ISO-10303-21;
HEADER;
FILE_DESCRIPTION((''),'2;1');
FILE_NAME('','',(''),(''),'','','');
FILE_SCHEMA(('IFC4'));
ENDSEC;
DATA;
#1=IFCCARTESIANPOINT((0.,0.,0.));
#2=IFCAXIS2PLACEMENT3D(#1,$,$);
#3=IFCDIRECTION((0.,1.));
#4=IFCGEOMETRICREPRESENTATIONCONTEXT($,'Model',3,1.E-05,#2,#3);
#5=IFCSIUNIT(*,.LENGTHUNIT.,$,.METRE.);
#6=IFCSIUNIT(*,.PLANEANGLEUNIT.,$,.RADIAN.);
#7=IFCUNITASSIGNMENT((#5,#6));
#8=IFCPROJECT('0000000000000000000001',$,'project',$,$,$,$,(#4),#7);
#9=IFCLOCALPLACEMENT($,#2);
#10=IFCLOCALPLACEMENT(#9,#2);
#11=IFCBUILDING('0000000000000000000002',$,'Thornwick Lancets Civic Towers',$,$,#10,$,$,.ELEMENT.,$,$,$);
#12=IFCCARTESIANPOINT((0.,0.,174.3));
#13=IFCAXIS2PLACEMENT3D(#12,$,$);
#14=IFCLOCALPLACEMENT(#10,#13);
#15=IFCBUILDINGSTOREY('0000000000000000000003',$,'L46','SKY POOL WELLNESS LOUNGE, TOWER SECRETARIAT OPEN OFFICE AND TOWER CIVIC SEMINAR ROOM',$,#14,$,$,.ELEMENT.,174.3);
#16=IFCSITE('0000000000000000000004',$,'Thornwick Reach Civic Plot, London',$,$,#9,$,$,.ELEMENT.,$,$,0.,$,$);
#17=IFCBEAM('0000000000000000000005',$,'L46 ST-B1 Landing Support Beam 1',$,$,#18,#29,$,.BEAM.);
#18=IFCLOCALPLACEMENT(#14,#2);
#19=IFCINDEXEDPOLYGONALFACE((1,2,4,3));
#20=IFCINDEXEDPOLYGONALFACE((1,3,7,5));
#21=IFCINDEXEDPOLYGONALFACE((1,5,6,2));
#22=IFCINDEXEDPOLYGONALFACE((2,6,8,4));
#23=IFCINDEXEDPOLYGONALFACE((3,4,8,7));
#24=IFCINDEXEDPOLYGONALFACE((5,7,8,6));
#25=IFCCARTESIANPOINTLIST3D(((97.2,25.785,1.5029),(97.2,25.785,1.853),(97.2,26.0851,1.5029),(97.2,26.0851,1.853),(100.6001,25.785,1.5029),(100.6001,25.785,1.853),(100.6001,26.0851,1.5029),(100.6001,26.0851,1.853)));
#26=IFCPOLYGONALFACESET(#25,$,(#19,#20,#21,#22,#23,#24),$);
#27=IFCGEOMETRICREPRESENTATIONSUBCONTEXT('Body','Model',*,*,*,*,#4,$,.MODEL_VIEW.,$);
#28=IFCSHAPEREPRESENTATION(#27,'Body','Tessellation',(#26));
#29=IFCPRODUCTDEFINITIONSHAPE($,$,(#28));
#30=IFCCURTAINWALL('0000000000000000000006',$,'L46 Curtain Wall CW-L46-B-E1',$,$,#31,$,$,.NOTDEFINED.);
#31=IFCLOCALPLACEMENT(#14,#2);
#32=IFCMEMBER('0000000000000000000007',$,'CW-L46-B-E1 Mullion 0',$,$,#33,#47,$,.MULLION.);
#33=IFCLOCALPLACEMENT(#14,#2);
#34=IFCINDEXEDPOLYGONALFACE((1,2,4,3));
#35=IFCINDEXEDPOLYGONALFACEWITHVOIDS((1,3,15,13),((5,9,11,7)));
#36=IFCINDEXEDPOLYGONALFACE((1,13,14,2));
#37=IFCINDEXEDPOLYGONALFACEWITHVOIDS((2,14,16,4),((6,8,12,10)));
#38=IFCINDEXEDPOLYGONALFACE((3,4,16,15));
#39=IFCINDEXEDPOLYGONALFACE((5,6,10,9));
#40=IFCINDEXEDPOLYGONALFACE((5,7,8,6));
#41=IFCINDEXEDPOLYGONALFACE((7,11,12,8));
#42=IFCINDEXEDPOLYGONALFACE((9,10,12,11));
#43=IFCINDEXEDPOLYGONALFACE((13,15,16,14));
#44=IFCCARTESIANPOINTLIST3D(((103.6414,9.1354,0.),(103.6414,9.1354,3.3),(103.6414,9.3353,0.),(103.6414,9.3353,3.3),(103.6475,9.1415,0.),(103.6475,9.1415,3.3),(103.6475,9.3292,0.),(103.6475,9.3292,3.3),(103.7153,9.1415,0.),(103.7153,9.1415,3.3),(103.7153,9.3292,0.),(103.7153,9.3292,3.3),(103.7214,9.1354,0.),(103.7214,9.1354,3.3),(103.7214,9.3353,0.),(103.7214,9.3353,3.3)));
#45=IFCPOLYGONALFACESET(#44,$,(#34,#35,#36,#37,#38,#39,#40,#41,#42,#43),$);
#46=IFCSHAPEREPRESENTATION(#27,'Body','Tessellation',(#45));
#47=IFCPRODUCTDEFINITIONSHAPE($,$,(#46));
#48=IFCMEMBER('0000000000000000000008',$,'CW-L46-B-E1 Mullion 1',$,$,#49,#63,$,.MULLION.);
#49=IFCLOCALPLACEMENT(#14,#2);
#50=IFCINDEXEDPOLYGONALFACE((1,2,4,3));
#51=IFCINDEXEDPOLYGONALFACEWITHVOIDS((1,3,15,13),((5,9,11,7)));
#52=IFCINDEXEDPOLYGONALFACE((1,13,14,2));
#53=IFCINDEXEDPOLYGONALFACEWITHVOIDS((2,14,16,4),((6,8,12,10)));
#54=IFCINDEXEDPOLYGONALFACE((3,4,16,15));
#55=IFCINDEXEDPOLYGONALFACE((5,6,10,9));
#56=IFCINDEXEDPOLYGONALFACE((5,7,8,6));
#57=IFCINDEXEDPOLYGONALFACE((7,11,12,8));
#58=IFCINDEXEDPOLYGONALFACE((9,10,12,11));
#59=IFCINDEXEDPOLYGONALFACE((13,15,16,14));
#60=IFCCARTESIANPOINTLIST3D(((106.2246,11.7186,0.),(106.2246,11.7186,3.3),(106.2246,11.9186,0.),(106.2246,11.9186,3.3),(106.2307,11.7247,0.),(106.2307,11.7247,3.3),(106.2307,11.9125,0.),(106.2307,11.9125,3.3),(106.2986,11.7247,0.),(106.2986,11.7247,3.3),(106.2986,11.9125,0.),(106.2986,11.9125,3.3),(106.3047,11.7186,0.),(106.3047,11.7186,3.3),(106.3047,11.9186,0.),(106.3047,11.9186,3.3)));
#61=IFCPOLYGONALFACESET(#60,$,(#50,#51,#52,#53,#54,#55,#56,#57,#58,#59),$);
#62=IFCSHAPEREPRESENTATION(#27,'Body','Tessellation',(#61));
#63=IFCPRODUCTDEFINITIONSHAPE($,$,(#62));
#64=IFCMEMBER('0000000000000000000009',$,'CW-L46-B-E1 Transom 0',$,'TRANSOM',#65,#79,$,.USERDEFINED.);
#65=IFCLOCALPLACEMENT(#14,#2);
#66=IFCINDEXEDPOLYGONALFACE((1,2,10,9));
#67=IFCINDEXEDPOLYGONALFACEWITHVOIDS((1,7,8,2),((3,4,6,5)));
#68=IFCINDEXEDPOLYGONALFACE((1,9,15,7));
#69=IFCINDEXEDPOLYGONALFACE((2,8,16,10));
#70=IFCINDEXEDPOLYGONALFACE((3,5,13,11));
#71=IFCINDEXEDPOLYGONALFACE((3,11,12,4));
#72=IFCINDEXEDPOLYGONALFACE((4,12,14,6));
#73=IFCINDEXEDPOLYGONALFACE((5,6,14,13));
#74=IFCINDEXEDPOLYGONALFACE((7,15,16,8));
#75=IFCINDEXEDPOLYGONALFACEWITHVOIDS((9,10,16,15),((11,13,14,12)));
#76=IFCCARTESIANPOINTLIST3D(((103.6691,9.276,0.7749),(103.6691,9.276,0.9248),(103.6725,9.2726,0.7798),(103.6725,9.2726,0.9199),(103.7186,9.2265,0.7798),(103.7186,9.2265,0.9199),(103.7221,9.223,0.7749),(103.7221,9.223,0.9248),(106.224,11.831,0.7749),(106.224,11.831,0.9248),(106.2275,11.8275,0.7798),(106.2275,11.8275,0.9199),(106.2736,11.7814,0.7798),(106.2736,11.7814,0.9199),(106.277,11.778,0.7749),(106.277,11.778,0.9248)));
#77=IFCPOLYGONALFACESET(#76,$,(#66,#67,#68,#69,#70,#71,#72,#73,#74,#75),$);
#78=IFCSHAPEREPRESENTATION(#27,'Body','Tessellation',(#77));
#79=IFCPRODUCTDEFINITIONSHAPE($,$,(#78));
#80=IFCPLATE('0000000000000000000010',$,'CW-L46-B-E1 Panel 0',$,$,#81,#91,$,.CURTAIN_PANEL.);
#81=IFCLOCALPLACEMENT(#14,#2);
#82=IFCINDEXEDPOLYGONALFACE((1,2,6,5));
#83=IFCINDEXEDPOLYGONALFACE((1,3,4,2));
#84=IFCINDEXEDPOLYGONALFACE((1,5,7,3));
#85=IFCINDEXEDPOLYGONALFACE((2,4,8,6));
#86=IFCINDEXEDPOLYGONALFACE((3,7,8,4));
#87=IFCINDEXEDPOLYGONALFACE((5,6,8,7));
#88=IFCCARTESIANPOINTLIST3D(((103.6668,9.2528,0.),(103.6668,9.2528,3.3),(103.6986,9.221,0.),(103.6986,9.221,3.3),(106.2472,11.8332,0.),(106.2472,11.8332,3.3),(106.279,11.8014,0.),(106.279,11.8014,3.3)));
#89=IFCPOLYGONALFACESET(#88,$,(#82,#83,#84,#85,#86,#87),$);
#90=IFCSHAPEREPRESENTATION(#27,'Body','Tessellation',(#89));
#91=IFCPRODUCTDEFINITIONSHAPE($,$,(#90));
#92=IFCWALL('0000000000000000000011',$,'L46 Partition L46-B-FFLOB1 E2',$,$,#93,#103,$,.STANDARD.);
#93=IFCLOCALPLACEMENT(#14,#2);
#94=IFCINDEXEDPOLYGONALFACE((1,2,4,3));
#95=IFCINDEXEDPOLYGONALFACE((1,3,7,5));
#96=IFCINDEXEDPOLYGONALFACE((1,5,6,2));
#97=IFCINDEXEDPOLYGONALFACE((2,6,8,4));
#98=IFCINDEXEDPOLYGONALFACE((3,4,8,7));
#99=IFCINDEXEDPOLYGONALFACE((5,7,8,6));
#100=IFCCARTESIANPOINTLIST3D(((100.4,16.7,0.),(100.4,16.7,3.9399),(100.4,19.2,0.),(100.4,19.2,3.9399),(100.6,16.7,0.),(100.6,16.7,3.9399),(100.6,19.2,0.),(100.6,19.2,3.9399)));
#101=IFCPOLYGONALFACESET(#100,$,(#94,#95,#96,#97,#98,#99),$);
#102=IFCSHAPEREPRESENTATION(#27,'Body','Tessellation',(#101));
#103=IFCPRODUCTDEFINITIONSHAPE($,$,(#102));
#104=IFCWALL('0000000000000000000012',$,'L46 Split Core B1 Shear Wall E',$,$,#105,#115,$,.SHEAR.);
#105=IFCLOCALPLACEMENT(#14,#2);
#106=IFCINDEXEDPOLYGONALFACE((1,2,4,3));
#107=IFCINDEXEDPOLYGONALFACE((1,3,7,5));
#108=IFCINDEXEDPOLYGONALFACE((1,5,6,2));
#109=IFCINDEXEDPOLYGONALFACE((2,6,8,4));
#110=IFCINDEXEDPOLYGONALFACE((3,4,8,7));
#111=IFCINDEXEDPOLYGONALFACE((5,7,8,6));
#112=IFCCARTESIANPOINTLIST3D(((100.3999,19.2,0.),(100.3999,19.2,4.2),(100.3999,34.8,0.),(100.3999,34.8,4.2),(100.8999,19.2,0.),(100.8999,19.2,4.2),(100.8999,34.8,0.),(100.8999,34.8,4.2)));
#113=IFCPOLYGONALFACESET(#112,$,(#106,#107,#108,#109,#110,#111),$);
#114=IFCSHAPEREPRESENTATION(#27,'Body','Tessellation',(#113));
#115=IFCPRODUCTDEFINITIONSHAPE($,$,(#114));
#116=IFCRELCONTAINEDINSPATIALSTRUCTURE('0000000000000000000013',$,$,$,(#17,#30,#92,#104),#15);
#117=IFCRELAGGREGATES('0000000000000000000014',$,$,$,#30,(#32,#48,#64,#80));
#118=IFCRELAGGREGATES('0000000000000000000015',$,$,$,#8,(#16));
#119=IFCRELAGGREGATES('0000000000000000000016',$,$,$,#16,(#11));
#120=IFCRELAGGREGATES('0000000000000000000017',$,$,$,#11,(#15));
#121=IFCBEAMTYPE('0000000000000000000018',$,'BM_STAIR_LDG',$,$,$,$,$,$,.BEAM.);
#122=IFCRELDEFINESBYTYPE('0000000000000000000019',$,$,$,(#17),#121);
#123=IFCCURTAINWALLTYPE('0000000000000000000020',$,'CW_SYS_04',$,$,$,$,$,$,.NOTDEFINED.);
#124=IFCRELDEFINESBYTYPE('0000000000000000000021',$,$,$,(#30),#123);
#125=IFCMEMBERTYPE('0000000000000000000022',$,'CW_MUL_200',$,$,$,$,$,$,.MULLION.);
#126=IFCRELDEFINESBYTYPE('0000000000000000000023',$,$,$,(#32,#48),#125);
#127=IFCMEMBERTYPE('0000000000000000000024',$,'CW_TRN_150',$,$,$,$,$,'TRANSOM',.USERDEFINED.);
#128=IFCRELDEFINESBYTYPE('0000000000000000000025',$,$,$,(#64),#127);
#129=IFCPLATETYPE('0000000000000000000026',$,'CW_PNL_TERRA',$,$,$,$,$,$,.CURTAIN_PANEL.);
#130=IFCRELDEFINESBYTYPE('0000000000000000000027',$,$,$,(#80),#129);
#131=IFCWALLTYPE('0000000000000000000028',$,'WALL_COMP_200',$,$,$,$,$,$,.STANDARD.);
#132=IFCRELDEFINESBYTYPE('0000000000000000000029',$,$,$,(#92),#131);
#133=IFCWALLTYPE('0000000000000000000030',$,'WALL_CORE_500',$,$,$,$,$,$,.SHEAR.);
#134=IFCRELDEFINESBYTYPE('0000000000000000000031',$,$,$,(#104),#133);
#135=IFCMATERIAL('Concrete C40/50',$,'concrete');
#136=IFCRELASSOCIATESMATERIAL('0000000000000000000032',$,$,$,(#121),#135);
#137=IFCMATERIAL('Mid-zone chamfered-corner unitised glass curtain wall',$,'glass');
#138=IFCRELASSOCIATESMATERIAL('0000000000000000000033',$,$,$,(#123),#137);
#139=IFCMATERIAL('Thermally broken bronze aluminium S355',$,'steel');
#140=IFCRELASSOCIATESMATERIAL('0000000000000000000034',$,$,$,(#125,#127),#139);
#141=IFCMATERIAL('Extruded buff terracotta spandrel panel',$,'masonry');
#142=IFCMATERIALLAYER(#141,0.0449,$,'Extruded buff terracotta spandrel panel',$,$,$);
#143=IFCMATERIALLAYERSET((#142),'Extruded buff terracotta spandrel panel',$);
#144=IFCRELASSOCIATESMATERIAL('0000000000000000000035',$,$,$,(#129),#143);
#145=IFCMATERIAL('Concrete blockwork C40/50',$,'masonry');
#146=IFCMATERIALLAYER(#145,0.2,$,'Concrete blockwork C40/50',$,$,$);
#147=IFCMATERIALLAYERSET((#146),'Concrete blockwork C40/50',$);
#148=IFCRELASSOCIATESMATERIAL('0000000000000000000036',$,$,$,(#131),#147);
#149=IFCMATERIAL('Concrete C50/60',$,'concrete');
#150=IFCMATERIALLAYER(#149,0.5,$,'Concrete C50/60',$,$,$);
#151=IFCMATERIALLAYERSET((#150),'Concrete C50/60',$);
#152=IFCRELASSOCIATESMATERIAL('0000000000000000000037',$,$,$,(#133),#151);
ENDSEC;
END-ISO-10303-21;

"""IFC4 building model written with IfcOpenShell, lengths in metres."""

from ifc_helpers import new_model, si_unit, direction, frame, frame_2d, origin, origin_2d, place, context, subcontext, project, spatial, rectangle, hollow_rectangle, extrude, material, layer, layer_set, material_profile, profile_set, type_object, element, aggregate, save


model = new_model("IFC4")

# Units and contexts
model_context = context("Model", 3, precision=1e-05, world=origin(), true_north=direction((0.0, 1.0)))
body_context = subcontext(model_context, "Body", "Model", "MODEL_VIEW")
ifc_project = project(units=[si_unit("LENGTHUNIT", "METRE"), si_unit("PLANEANGLEUNIT", "RADIAN")], contexts=[model_context])

# Site, building, storey
site_placement = place(None, origin())
site = spatial("IfcSite", under=ifc_project, at=site_placement, Name="Thornwick Reach Civic Plot, London", CompositionType="ELEMENT", RefElevation=0.0)
building_placement = place(site_placement, origin())
building = spatial("IfcBuilding", under=site, at=building_placement, Name="Thornwick Lancets Civic Towers", CompositionType="ELEMENT")
storey_placement = place(building_placement, frame((0.0, 0.0, 174.3)))
storey = spatial("IfcBuildingStorey", under=building, at=storey_placement, Name="L46", Description="SKY POOL WELLNESS LOUNGE, TOWER SECRETARIAT OPEN OFFICE AND TOWER CIVIC SEMINAR ROOM", CompositionType="ELEMENT", Elevation=174.3)

# Shared definitions
ifc_material_1 = material(Name="Concrete C50/60", Category="concrete")

# Beam
ifc_material_2 = material(Name="Concrete C40/50", Category="concrete")
ifc_material_profile_1 = material_profile(ifc_material_2, rectangle(XDim=0.3, YDim=0.3501, at=origin_2d()), Name="RC 300x350")
ifc_profile_set_1 = profile_set([ifc_material_profile_1], Name="Concrete C40/50")
beam_type_1 = type_object("IfcBeamType", Name="BM_STAIR_LDG", PredefinedType="BEAM", material=ifc_profile_set_1)
beam_1_placement = place(storey_placement, frame((100.6001, 25.9351, 1.678), z_axis=(-1.0, 0.0, 0.0), x_axis=(0.0, -1.0, 0.0)))
element("IfcBeam", 1, at=beam_1_placement, inside=storey, type_object=beam_type_1, Name="L46 ST-B1 Landing Support Beam 1", PredefinedType="BEAM", context=body_context, shape_type="SweptSolid", body=[
    extrude(rectangle(XDim=0.3, YDim=0.3501, at=origin_2d()), origin(), (0.0, 0.0, 1.0), 3.4001),
])

# Curtain wall, members, plate
ifc_material_3 = material(Name="Mid-zone chamfered-corner unitised glass curtain wall", Category="glass")
curtain_wall_type = type_object("IfcCurtainWallType", Name="CW_SYS_04", PredefinedType="NOTDEFINED", material=ifc_material_3)
curtain_wall_placement = place(storey_placement, origin())
curtain_wall = element("IfcCurtainWall", 2, at=curtain_wall_placement, inside=storey, type_object=curtain_wall_type, Name="L46 Curtain Wall CW-L46-B-E1", PredefinedType="NOTDEFINED")
ifc_material_4 = material(Name="Thermally broken bronze aluminium S355", Category="steel")
ifc_material_profile_2 = material_profile(ifc_material_4, hollow_rectangle(XDim=0.0801, YDim=0.2, WallThickness=0.0061, at=origin_2d()), Name="RHS 200x80x6")
ifc_profile_set_2 = profile_set([ifc_material_profile_2], Name="Thermally broken bronze aluminium S355")
member_type_1 = type_object("IfcMemberType", Name="CW_MUL_200", PredefinedType="MULLION", material=ifc_profile_set_2)
member_1_placement = place(storey_placement, frame((103.6814, 9.2354, 0.0), z_axis=(0.0, 0.0, 1.0), x_axis=(1.0, 0.0, 0.0)))
member_1 = element("IfcMember", 3, at=member_1_placement, type_object=member_type_1, Name="CW-L46-B-E1 Mullion 0", PredefinedType="MULLION", context=body_context, shape_type="SweptSolid", body=[
    extrude(hollow_rectangle(XDim=0.0801, YDim=0.2, WallThickness=0.0061, at=origin_2d()), origin(), (0.0, 0.0, 1.0), 3.3),
])
member_2_placement = place(storey_placement, frame((106.2646, 11.8186, 0.0), z_axis=(0.0, 0.0, 1.0), x_axis=(1.0, 0.0, 0.0)))
member_2 = element("IfcMember", 4, at=member_2_placement, type_object=member_type_1, Name="CW-L46-B-E1 Mullion 1", PredefinedType="MULLION", context=body_context, shape_type="SweptSolid", body=[
    extrude(hollow_rectangle(XDim=0.0801, YDim=0.2, WallThickness=0.0061, at=origin_2d()), origin(), (0.0, 0.0, 1.0), 3.3),
])
ifc_material_profile_3 = material_profile(ifc_material_4, hollow_rectangle(XDim=0.075, YDim=0.1499, WallThickness=0.0049, at=origin_2d()), Name="RHS 150x75x5")
ifc_profile_set_3 = profile_set([ifc_material_profile_3], Name="Thermally broken bronze aluminium S355")
member_type_2 = type_object("IfcMemberType", Name="CW_TRN_150", ElementType="TRANSOM", PredefinedType="USERDEFINED", material=ifc_profile_set_3)
member_3_placement = place(storey_placement, frame((103.6956, 9.2495, 0.8499), z_axis=(0.707107, 0.707107, 0.0), x_axis=(-0.707107, 0.707107, 0.0)))
member_3 = element("IfcMember", 5, at=member_3_placement, type_object=member_type_2, Name="CW-L46-B-E1 Transom 0", ObjectType="TRANSOM", PredefinedType="USERDEFINED", context=body_context, shape_type="SweptSolid", body=[
    extrude(hollow_rectangle(XDim=0.075, YDim=0.1499, WallThickness=0.0049, at=origin_2d()), origin(), (0.0, 0.0, 1.0), 3.6133),
])
ifc_material_5 = material(Name="Extruded buff terracotta spandrel panel", Category="masonry")
ifc_layer_1 = layer(ifc_material_5, 0.0449, Name="Extruded buff terracotta spandrel panel")
ifc_layer_set_1 = layer_set([ifc_layer_1], Name="Extruded buff terracotta spandrel panel")
plate_type = type_object("IfcPlateType", Name="CW_PNL_TERRA", PredefinedType="CURTAIN_PANEL", material=ifc_layer_set_1)
plate_placement = place(storey_placement, frame((104.9729, 10.5271, 0.0), z_axis=(0.0, 0.0, 1.0), x_axis=(0.707107, 0.707107, 0.0)))
plate = element("IfcPlate", 6, at=plate_placement, type_object=plate_type, Name="CW-L46-B-E1 Panel 0", PredefinedType="CURTAIN_PANEL", context=body_context, shape_type="SweptSolid", body=[
    extrude(rectangle(XDim=3.6492, YDim=0.0449, at=origin_2d()), origin(), (0.0, 0.0, 1.0), 3.3),
])
aggregate(curtain_wall, [member_1, member_2, member_3, plate])

# Walls
ifc_material_6 = material(Name="Concrete blockwork C40/50", Category="masonry")
ifc_layer_2 = layer(ifc_material_6, 0.2, Name="Concrete blockwork C40/50")
ifc_layer_set_2 = layer_set([ifc_layer_2], Name="Concrete blockwork C40/50")
wall_type_1 = type_object("IfcWallType", Name="WALL_COMP_200", PredefinedType="STANDARD", material=ifc_layer_set_2)
wall_1_placement = place(storey_placement, frame((100.5, 16.7, 0.0), z_axis=(0.0, 0.0, 1.0), x_axis=(0.0, 1.0, 0.0)))
element("IfcWall", 7, at=wall_1_placement, inside=storey, type_object=wall_type_1, Name="L46 Partition L46-B-FFLOB1 E2", PredefinedType="STANDARD", context=body_context, shape_type="SweptSolid", body=[
    extrude(rectangle(XDim=2.5, YDim=0.2, at=frame_2d((1.25, 0.0))), origin(), (0.0, 0.0, 1.0), 3.9399),
])
ifc_layer_3 = layer(ifc_material_1, 0.5, Name="Concrete C50/60")
ifc_layer_set_3 = layer_set([ifc_layer_3], Name="Concrete C50/60")
wall_type_2 = type_object("IfcWallType", Name="WALL_CORE_500", PredefinedType="SHEAR", material=ifc_layer_set_3)
wall_2_placement = place(storey_placement, frame((100.6499, 19.2, 0.0), z_axis=(0.0, 0.0, 1.0), x_axis=(0.0, 1.0, 0.0)))
element("IfcWall", 8, at=wall_2_placement, inside=storey, type_object=wall_type_2, Name="L46 Split Core B1 Shear Wall E", PredefinedType="SHEAR", context=body_context, shape_type="SweptSolid", body=[
    extrude(rectangle(XDim=15.6001, YDim=0.5, at=frame_2d((7.8, 0.0))), origin(), (0.0, 0.0, 1.0), 4.2),
])

save(model, "model.ifc")
